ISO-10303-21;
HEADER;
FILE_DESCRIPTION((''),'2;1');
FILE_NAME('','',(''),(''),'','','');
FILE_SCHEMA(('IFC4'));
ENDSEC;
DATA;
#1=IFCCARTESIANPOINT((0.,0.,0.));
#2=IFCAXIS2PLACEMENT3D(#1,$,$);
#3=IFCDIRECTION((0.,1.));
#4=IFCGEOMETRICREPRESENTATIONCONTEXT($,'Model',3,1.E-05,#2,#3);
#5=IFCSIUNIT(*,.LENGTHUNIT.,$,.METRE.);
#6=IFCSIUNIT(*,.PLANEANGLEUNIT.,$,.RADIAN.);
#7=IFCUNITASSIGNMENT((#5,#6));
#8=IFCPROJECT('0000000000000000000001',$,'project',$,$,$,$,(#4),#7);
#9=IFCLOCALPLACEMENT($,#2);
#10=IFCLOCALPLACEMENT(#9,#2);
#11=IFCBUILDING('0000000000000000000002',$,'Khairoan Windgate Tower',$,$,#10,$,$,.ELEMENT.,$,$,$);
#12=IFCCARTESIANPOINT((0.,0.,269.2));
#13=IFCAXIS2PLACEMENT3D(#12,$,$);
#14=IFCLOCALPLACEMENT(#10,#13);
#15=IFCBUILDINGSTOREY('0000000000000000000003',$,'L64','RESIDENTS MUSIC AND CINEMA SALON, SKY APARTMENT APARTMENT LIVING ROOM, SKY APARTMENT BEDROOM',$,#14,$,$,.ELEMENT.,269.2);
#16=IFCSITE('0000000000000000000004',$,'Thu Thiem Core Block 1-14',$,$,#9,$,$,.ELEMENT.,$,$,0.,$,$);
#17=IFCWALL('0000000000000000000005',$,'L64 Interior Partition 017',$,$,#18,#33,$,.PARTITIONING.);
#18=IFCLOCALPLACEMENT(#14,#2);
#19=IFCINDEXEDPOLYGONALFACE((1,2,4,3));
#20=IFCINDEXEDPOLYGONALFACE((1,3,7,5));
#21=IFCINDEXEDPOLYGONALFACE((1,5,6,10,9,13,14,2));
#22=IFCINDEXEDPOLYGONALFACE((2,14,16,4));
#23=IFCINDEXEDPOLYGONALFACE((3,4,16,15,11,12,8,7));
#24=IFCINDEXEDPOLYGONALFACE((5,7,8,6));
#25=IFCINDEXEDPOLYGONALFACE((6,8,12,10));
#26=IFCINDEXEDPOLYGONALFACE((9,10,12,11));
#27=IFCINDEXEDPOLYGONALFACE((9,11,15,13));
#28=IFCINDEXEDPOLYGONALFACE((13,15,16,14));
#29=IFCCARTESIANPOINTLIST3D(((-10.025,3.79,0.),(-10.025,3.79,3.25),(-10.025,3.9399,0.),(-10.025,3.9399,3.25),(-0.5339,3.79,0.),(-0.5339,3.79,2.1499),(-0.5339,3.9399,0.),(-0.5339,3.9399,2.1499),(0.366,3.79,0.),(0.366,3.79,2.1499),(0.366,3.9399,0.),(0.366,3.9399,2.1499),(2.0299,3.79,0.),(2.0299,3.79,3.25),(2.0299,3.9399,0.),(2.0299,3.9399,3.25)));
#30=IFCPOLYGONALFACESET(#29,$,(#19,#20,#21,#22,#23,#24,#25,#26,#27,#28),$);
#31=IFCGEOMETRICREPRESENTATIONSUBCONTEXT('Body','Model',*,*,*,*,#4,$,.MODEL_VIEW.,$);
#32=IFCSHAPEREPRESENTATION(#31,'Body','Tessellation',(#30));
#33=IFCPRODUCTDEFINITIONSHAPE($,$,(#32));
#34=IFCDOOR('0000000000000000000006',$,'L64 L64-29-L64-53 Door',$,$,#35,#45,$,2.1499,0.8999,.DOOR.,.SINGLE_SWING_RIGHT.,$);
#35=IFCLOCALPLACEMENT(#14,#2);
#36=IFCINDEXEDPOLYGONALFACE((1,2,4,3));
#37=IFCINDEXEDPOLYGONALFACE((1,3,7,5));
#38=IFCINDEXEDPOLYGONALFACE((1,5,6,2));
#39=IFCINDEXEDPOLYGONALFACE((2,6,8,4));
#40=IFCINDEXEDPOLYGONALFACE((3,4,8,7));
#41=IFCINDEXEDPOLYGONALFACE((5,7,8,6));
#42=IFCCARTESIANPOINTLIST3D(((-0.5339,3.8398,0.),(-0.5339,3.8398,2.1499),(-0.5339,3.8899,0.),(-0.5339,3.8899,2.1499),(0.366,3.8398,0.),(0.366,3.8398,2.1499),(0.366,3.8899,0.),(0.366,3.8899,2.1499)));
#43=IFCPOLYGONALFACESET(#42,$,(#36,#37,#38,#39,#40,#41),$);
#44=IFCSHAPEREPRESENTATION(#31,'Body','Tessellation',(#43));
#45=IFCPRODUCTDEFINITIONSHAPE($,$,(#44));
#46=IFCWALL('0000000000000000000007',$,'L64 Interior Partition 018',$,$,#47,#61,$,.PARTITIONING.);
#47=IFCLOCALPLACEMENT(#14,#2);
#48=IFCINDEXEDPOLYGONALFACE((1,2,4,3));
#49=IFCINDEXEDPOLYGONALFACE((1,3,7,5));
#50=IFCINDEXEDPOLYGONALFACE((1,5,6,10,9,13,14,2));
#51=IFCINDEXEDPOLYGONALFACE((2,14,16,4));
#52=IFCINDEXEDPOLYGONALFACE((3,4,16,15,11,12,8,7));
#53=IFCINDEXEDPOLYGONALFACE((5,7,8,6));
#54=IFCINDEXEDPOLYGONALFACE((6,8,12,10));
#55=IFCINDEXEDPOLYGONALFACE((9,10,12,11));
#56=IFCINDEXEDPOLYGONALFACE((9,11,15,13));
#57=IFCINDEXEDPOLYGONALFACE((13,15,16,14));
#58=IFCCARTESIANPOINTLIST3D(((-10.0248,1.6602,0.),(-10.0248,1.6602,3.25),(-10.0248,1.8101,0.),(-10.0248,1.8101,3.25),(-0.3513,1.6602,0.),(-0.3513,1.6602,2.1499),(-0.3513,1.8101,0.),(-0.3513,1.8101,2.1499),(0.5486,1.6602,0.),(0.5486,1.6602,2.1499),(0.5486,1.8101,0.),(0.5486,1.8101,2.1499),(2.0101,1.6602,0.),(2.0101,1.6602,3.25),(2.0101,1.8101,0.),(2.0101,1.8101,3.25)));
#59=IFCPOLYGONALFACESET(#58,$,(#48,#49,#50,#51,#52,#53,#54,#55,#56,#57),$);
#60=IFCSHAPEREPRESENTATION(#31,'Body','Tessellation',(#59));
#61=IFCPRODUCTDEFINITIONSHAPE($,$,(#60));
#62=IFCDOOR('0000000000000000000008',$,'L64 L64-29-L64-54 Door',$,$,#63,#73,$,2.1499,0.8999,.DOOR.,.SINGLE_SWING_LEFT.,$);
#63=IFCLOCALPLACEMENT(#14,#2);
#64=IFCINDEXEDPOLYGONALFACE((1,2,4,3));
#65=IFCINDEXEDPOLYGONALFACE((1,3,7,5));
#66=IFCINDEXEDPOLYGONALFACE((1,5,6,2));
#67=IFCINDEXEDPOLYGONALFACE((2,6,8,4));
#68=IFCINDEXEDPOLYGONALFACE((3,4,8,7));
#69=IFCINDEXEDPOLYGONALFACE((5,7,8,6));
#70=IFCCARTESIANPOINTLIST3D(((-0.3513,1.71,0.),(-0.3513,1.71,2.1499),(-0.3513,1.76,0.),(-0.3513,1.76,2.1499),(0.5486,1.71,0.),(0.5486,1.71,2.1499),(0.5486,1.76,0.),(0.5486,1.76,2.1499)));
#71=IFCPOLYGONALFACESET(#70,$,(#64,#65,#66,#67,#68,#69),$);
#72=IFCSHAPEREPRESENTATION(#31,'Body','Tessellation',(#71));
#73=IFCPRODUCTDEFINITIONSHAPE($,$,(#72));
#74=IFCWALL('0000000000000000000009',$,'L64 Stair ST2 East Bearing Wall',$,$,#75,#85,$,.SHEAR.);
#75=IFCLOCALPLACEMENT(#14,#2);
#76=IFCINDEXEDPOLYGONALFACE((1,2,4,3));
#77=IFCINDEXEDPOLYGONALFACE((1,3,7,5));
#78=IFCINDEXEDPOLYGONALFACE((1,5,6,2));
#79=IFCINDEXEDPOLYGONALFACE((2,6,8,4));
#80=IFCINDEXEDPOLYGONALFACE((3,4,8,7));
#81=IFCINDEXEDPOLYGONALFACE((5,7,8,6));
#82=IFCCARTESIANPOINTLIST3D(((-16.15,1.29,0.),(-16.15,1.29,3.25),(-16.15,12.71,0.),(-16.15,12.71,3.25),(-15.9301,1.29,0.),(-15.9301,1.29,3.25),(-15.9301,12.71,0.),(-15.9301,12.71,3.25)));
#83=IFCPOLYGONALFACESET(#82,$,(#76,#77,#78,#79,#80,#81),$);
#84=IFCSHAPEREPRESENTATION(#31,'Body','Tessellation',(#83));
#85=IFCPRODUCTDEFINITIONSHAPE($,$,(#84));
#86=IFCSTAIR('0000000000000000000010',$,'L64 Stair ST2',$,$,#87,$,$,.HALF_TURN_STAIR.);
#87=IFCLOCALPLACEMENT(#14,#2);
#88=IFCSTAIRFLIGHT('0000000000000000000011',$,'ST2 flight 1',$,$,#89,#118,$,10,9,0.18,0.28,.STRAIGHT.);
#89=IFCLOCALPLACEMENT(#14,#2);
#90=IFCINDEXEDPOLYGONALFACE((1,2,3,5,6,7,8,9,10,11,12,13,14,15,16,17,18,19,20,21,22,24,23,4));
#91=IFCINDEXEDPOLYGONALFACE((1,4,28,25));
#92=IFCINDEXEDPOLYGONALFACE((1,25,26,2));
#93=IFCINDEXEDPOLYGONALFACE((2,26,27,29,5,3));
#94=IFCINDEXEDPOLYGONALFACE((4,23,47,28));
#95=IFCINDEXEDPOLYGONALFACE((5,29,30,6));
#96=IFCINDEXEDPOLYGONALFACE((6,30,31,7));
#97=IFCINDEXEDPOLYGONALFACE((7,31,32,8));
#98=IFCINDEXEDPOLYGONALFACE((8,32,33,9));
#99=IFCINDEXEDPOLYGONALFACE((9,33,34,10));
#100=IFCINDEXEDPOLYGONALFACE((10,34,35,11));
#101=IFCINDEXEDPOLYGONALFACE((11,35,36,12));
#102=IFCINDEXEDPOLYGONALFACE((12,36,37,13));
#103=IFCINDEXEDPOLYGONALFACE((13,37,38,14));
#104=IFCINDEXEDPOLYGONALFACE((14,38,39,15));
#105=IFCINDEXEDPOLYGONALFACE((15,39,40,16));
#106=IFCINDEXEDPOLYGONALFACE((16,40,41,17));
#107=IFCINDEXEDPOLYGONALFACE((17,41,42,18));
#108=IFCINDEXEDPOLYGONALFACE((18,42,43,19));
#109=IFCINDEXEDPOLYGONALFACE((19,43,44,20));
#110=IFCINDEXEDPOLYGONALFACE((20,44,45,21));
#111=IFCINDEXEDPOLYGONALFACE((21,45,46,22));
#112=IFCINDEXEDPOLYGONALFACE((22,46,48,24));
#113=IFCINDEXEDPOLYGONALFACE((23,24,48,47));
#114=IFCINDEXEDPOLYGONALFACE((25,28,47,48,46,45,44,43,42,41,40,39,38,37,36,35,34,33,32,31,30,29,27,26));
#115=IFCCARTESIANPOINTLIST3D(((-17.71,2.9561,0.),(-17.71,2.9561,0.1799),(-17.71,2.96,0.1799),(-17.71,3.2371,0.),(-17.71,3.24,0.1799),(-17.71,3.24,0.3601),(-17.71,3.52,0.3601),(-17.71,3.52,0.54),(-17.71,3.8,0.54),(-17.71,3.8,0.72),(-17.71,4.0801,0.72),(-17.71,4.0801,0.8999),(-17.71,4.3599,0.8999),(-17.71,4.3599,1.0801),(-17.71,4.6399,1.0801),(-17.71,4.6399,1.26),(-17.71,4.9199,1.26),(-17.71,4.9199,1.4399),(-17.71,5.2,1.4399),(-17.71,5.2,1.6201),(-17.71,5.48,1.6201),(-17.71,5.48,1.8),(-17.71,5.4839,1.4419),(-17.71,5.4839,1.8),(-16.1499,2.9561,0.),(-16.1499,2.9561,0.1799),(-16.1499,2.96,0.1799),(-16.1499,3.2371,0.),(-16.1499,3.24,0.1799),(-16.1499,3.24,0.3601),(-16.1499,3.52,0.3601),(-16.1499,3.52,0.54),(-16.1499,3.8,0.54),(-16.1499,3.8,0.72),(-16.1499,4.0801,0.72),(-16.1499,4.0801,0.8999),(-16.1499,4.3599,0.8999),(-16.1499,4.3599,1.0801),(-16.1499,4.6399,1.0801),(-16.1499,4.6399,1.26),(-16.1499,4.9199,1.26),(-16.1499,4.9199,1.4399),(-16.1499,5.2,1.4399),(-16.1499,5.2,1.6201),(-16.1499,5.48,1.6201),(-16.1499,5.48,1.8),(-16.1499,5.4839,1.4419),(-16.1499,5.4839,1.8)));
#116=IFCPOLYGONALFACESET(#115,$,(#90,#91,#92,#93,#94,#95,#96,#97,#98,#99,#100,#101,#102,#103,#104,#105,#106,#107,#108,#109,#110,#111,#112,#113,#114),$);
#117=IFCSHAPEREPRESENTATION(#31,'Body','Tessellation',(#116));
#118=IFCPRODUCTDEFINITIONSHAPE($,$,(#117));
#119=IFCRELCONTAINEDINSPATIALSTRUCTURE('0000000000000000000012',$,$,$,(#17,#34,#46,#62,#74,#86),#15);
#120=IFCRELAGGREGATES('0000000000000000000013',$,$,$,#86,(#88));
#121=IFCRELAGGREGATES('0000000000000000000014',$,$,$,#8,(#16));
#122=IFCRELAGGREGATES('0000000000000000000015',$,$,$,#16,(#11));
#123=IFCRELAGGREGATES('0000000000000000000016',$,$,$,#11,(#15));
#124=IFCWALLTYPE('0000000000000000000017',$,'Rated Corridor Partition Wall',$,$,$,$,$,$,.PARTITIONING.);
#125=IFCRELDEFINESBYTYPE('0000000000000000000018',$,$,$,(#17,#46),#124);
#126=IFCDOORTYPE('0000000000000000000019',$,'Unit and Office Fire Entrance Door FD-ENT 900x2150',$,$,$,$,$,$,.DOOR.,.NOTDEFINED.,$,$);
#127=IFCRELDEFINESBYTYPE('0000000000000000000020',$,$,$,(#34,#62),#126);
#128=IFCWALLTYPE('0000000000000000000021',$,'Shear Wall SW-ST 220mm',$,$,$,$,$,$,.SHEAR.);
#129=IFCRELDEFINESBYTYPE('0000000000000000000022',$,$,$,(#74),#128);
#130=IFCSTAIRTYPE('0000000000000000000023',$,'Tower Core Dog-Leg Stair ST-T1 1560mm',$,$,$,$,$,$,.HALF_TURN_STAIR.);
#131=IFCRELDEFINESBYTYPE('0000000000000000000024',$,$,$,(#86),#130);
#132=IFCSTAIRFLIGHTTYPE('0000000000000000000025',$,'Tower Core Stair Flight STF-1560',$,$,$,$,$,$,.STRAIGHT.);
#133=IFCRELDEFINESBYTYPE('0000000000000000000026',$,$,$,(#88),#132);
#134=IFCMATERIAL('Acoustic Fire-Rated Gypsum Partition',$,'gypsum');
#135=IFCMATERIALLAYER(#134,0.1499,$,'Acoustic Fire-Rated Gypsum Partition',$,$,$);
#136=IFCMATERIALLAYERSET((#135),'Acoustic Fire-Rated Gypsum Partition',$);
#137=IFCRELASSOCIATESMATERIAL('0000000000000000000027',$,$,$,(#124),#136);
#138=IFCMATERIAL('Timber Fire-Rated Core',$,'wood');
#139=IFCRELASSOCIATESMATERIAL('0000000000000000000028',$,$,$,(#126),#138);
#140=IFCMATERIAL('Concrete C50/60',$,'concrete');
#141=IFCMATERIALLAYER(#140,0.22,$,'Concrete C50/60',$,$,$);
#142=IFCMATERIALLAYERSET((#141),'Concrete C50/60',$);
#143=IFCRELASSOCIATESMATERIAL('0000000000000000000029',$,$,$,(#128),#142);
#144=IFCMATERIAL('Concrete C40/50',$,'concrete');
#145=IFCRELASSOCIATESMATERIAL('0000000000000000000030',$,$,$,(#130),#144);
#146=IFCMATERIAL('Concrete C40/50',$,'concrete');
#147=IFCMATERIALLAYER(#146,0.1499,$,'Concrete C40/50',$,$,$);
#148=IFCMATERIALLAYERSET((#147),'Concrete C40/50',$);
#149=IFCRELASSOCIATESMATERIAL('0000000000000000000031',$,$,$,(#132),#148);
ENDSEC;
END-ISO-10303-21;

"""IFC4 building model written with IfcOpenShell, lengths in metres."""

from ifc_helpers import new_model, si_unit, direction, frame, frame_2d, origin, place, context, subcontext, project, spatial, polyline, rectangle, outline, extrude, material, layer, layer_set, type_object, element, fill, aggregate, save


model = new_model("IFC4")

# Units and contexts
model_context = context("Model", 3, precision=1e-05, world=origin(), true_north=direction((0.0, 1.0)))
body_context = subcontext(model_context, "Body", "Model", "MODEL_VIEW")
ifc_project = project(units=[si_unit("LENGTHUNIT", "METRE"), si_unit("PLANEANGLEUNIT", "RADIAN")], contexts=[model_context])

# Site, building, storey
site_placement = place(None, origin())
site = spatial("IfcSite", under=ifc_project, at=site_placement, Name="Thu Thiem Core Block 1-14", CompositionType="ELEMENT", RefElevation=0.0)
building_placement = place(site_placement, origin())
building = spatial("IfcBuilding", under=site, at=building_placement, Name="Khairoan Windgate Tower", CompositionType="ELEMENT")
storey_placement = place(building_placement, frame((0.0, 0.0, 269.2)))
storey = spatial("IfcBuildingStorey", under=building, at=storey_placement, Name="L64", Description="RESIDENTS MUSIC AND CINEMA SALON, SKY APARTMENT APARTMENT LIVING ROOM, SKY APARTMENT BEDROOM", CompositionType="ELEMENT", Elevation=269.2)

# Walls, openings, doors
ifc_material_1 = material(Name="Acoustic Fire-Rated Gypsum Partition", Category="gypsum")
ifc_layer_1 = layer(ifc_material_1, 0.1499, Name="Acoustic Fire-Rated Gypsum Partition")
ifc_layer_set_1 = layer_set([ifc_layer_1], Name="Acoustic Fire-Rated Gypsum Partition")
wall_type_1 = type_object("IfcWallType", Name="Rated Corridor Partition Wall", PredefinedType="PARTITIONING", material=ifc_layer_set_1)
ifc_material_2 = material(Name="Timber Fire-Rated Core", Category="wood")
door_type = type_object("IfcDoorType", Name="Unit and Office Fire Entrance Door FD-ENT 900x2150", OperationType="NOTDEFINED", PredefinedType="DOOR", material=ifc_material_2)
wall_1_placement = place(storey_placement, frame((-10.0249, 3.865, 0.0), z_axis=(0.0, 0.0, 1.0), x_axis=(1.0, 0.0, 0.0)))
wall_1 = element("IfcWall", 1, at=wall_1_placement, inside=storey, type_object=wall_type_1, Name="L64 Interior Partition 017", PredefinedType="PARTITIONING", context=body_context, shape_type="SweptSolid", body=[
    extrude(rectangle(XDim=12.0549, YDim=0.1499, at=frame_2d((6.0273, 0.0))), origin(), (0.0, 0.0, 1.0), 3.25),
])
opening_1_placement = place(wall_1_placement, frame((9.491, 0.0, 0.0)))
opening_1 = element("IfcOpeningElement", 2, at=opening_1_placement, cuts=wall_1, PredefinedType="OPENING", context=body_context, shape_type="SweptSolid", body=[
    extrude(rectangle(XDim=0.8999, YDim=2.1499, at=frame_2d((0.45, 1.075))), frame((0.0, 0.085, 0.0), z_axis=(0.0, -1.0, 0.0), x_axis=(1.0, 0.0, 0.0)), (0.0, 0.0, 1.0), 0.1699),
])
door_1_placement = place(opening_1_placement, origin())
door_1 = element("IfcDoor", 3, at=door_1_placement, inside=storey, type_object=door_type, Name="L64 L64-29-L64-53 Door", OperationType="SINGLE_SWING_RIGHT", OverallHeight=2.1499, OverallWidth=0.8999, PredefinedType="DOOR", context=body_context, shape_type="SweptSolid", body=[
    extrude(rectangle(XDim=0.8999, YDim=2.1499, at=frame_2d((0.45, 1.075))), frame((0.0, 0.0249, 0.0), z_axis=(0.0, -1.0, 0.0), x_axis=(1.0, 0.0, 0.0)), (0.0, 0.0, 1.0), 0.05),
])
fill(opening_1, door_1)
wall_2_placement = place(storey_placement, frame((-10.0249, 1.7351, 0.0), z_axis=(0.0, 0.0, 1.0), x_axis=(1.0, 0.0, 0.0)))
wall_2 = element("IfcWall", 4, at=wall_2_placement, inside=storey, type_object=wall_type_1, Name="L64 Interior Partition 018", PredefinedType="PARTITIONING", context=body_context, shape_type="SweptSolid", body=[
    extrude(rectangle(XDim=12.0349, YDim=0.1499, at=frame_2d((6.0176, 0.0))), origin(), (0.0, 0.0, 1.0), 3.25),
])
opening_2_placement = place(wall_2_placement, frame((9.6736, 0.0, 0.0)))
opening_2 = element("IfcOpeningElement", 5, at=opening_2_placement, cuts=wall_2, PredefinedType="OPENING", context=body_context, shape_type="SweptSolid", body=[
    extrude(rectangle(XDim=0.8999, YDim=2.1499, at=frame_2d((0.45, 1.075))), frame((0.0, 0.085, 0.0), z_axis=(0.0, -1.0, 0.0), x_axis=(1.0, 0.0, 0.0)), (0.0, 0.0, 1.0), 0.1699),
])
door_2_placement = place(opening_2_placement, origin())
door_2 = element("IfcDoor", 6, at=door_2_placement, inside=storey, type_object=door_type, Name="L64 L64-29-L64-54 Door", OperationType="SINGLE_SWING_LEFT", OverallHeight=2.1499, OverallWidth=0.8999, PredefinedType="DOOR", context=body_context, shape_type="SweptSolid", body=[
    extrude(rectangle(XDim=0.8999, YDim=2.1499, at=frame_2d((0.45, 1.075))), frame((0.0, 0.0249, 0.0), z_axis=(0.0, -1.0, 0.0), x_axis=(1.0, 0.0, 0.0)), (0.0, 0.0, 1.0), 0.05),
])
fill(opening_2, door_2)

# Wall
ifc_material_3 = material(Name="Concrete C50/60", Category="concrete")
ifc_layer_2 = layer(ifc_material_3, 0.22, Name="Concrete C50/60")
ifc_layer_set_2 = layer_set([ifc_layer_2], Name="Concrete C50/60")
wall_type_2 = type_object("IfcWallType", Name="Shear Wall SW-ST 220mm", PredefinedType="SHEAR", material=ifc_layer_set_2)
wall_3_placement = place(storey_placement, frame((-16.04, 1.29, 0.0), z_axis=(0.0, 0.0, 1.0), x_axis=(0.0, 1.0, 0.0)))
element("IfcWall", 7, at=wall_3_placement, inside=storey, type_object=wall_type_2, Name="L64 Stair ST2 East Bearing Wall", PredefinedType="SHEAR", context=body_context, shape_type="SweptSolid", body=[
    extrude(rectangle(XDim=11.4199, YDim=0.22, at=frame_2d((5.71, 0.0))), origin(), (0.0, 0.0, 1.0), 3.25),
])

# Stair, stair flight
ifc_material_4 = material(Name="Concrete C40/50", Category="concrete")
stair_type = type_object("IfcStairType", Name="Tower Core Dog-Leg Stair ST-T1 1560mm", PredefinedType="HALF_TURN_STAIR", material=ifc_material_4)
stair_placement = place(storey_placement, origin())
stair = element("IfcStair", 8, at=stair_placement, inside=storey, type_object=stair_type, Name="L64 Stair ST2", PredefinedType="HALF_TURN_STAIR")
ifc_material_5 = material(Name="Concrete C40/50", Category="concrete")
ifc_layer_3 = layer(ifc_material_5, 0.1499, Name="Concrete C40/50")
ifc_layer_set_3 = layer_set([ifc_layer_3], Name="Concrete C40/50")
stair_flight_type = type_object("IfcStairFlightType", Name="Tower Core Stair Flight STF-1560", PredefinedType="STRAIGHT", material=ifc_layer_set_3)
stair_flight_placement = place(storey_placement, frame((-16.9299, 2.96, 0.0), z_axis=(0.0, 0.0, 1.0), x_axis=(0.0, 1.0, 0.0)))
stair_flight = element("IfcStairFlight", 9, at=stair_flight_placement, type_object=stair_flight_type, Name="ST2 flight 1", NumberOfRisers=10, NumberOfTreads=9, PredefinedType="STRAIGHT", RiserHeight=0.18, TreadLength=0.28, context=body_context, shape_type="SweptSolid", body=[
    extrude(outline(polyline([(-0.0039, 0.0), (-0.0039, 0.1799), (0.0, 0.1799), (0.28, 0.1799), (0.28, 0.3601), (0.5601, 0.3601), (0.5601, 0.54), (0.8401, 0.54), (0.8401, 0.72), (1.1201, 0.72), (1.1201, 0.8999), (1.3999, 0.8999), (1.3999, 1.0801), (1.6799, 1.0801), (1.6799, 1.26), (1.96, 1.26), (1.96, 1.4399), (2.24, 1.4399), (2.24, 1.6201), (2.52, 1.6201), (2.52, 1.8), (2.5239, 1.8), (2.5239, 1.4419), (0.2771, 0.0), (-0.0039, 0.0)])), frame((0.0, 0.78, 0.0), z_axis=(0.0, -1.0, 0.0), x_axis=(1.0, 0.0, 0.0)), (0.0, 0.0, 1.0), 1.5601),
])
aggregate(stair, [stair_flight])

save(model, "model.ifc")
